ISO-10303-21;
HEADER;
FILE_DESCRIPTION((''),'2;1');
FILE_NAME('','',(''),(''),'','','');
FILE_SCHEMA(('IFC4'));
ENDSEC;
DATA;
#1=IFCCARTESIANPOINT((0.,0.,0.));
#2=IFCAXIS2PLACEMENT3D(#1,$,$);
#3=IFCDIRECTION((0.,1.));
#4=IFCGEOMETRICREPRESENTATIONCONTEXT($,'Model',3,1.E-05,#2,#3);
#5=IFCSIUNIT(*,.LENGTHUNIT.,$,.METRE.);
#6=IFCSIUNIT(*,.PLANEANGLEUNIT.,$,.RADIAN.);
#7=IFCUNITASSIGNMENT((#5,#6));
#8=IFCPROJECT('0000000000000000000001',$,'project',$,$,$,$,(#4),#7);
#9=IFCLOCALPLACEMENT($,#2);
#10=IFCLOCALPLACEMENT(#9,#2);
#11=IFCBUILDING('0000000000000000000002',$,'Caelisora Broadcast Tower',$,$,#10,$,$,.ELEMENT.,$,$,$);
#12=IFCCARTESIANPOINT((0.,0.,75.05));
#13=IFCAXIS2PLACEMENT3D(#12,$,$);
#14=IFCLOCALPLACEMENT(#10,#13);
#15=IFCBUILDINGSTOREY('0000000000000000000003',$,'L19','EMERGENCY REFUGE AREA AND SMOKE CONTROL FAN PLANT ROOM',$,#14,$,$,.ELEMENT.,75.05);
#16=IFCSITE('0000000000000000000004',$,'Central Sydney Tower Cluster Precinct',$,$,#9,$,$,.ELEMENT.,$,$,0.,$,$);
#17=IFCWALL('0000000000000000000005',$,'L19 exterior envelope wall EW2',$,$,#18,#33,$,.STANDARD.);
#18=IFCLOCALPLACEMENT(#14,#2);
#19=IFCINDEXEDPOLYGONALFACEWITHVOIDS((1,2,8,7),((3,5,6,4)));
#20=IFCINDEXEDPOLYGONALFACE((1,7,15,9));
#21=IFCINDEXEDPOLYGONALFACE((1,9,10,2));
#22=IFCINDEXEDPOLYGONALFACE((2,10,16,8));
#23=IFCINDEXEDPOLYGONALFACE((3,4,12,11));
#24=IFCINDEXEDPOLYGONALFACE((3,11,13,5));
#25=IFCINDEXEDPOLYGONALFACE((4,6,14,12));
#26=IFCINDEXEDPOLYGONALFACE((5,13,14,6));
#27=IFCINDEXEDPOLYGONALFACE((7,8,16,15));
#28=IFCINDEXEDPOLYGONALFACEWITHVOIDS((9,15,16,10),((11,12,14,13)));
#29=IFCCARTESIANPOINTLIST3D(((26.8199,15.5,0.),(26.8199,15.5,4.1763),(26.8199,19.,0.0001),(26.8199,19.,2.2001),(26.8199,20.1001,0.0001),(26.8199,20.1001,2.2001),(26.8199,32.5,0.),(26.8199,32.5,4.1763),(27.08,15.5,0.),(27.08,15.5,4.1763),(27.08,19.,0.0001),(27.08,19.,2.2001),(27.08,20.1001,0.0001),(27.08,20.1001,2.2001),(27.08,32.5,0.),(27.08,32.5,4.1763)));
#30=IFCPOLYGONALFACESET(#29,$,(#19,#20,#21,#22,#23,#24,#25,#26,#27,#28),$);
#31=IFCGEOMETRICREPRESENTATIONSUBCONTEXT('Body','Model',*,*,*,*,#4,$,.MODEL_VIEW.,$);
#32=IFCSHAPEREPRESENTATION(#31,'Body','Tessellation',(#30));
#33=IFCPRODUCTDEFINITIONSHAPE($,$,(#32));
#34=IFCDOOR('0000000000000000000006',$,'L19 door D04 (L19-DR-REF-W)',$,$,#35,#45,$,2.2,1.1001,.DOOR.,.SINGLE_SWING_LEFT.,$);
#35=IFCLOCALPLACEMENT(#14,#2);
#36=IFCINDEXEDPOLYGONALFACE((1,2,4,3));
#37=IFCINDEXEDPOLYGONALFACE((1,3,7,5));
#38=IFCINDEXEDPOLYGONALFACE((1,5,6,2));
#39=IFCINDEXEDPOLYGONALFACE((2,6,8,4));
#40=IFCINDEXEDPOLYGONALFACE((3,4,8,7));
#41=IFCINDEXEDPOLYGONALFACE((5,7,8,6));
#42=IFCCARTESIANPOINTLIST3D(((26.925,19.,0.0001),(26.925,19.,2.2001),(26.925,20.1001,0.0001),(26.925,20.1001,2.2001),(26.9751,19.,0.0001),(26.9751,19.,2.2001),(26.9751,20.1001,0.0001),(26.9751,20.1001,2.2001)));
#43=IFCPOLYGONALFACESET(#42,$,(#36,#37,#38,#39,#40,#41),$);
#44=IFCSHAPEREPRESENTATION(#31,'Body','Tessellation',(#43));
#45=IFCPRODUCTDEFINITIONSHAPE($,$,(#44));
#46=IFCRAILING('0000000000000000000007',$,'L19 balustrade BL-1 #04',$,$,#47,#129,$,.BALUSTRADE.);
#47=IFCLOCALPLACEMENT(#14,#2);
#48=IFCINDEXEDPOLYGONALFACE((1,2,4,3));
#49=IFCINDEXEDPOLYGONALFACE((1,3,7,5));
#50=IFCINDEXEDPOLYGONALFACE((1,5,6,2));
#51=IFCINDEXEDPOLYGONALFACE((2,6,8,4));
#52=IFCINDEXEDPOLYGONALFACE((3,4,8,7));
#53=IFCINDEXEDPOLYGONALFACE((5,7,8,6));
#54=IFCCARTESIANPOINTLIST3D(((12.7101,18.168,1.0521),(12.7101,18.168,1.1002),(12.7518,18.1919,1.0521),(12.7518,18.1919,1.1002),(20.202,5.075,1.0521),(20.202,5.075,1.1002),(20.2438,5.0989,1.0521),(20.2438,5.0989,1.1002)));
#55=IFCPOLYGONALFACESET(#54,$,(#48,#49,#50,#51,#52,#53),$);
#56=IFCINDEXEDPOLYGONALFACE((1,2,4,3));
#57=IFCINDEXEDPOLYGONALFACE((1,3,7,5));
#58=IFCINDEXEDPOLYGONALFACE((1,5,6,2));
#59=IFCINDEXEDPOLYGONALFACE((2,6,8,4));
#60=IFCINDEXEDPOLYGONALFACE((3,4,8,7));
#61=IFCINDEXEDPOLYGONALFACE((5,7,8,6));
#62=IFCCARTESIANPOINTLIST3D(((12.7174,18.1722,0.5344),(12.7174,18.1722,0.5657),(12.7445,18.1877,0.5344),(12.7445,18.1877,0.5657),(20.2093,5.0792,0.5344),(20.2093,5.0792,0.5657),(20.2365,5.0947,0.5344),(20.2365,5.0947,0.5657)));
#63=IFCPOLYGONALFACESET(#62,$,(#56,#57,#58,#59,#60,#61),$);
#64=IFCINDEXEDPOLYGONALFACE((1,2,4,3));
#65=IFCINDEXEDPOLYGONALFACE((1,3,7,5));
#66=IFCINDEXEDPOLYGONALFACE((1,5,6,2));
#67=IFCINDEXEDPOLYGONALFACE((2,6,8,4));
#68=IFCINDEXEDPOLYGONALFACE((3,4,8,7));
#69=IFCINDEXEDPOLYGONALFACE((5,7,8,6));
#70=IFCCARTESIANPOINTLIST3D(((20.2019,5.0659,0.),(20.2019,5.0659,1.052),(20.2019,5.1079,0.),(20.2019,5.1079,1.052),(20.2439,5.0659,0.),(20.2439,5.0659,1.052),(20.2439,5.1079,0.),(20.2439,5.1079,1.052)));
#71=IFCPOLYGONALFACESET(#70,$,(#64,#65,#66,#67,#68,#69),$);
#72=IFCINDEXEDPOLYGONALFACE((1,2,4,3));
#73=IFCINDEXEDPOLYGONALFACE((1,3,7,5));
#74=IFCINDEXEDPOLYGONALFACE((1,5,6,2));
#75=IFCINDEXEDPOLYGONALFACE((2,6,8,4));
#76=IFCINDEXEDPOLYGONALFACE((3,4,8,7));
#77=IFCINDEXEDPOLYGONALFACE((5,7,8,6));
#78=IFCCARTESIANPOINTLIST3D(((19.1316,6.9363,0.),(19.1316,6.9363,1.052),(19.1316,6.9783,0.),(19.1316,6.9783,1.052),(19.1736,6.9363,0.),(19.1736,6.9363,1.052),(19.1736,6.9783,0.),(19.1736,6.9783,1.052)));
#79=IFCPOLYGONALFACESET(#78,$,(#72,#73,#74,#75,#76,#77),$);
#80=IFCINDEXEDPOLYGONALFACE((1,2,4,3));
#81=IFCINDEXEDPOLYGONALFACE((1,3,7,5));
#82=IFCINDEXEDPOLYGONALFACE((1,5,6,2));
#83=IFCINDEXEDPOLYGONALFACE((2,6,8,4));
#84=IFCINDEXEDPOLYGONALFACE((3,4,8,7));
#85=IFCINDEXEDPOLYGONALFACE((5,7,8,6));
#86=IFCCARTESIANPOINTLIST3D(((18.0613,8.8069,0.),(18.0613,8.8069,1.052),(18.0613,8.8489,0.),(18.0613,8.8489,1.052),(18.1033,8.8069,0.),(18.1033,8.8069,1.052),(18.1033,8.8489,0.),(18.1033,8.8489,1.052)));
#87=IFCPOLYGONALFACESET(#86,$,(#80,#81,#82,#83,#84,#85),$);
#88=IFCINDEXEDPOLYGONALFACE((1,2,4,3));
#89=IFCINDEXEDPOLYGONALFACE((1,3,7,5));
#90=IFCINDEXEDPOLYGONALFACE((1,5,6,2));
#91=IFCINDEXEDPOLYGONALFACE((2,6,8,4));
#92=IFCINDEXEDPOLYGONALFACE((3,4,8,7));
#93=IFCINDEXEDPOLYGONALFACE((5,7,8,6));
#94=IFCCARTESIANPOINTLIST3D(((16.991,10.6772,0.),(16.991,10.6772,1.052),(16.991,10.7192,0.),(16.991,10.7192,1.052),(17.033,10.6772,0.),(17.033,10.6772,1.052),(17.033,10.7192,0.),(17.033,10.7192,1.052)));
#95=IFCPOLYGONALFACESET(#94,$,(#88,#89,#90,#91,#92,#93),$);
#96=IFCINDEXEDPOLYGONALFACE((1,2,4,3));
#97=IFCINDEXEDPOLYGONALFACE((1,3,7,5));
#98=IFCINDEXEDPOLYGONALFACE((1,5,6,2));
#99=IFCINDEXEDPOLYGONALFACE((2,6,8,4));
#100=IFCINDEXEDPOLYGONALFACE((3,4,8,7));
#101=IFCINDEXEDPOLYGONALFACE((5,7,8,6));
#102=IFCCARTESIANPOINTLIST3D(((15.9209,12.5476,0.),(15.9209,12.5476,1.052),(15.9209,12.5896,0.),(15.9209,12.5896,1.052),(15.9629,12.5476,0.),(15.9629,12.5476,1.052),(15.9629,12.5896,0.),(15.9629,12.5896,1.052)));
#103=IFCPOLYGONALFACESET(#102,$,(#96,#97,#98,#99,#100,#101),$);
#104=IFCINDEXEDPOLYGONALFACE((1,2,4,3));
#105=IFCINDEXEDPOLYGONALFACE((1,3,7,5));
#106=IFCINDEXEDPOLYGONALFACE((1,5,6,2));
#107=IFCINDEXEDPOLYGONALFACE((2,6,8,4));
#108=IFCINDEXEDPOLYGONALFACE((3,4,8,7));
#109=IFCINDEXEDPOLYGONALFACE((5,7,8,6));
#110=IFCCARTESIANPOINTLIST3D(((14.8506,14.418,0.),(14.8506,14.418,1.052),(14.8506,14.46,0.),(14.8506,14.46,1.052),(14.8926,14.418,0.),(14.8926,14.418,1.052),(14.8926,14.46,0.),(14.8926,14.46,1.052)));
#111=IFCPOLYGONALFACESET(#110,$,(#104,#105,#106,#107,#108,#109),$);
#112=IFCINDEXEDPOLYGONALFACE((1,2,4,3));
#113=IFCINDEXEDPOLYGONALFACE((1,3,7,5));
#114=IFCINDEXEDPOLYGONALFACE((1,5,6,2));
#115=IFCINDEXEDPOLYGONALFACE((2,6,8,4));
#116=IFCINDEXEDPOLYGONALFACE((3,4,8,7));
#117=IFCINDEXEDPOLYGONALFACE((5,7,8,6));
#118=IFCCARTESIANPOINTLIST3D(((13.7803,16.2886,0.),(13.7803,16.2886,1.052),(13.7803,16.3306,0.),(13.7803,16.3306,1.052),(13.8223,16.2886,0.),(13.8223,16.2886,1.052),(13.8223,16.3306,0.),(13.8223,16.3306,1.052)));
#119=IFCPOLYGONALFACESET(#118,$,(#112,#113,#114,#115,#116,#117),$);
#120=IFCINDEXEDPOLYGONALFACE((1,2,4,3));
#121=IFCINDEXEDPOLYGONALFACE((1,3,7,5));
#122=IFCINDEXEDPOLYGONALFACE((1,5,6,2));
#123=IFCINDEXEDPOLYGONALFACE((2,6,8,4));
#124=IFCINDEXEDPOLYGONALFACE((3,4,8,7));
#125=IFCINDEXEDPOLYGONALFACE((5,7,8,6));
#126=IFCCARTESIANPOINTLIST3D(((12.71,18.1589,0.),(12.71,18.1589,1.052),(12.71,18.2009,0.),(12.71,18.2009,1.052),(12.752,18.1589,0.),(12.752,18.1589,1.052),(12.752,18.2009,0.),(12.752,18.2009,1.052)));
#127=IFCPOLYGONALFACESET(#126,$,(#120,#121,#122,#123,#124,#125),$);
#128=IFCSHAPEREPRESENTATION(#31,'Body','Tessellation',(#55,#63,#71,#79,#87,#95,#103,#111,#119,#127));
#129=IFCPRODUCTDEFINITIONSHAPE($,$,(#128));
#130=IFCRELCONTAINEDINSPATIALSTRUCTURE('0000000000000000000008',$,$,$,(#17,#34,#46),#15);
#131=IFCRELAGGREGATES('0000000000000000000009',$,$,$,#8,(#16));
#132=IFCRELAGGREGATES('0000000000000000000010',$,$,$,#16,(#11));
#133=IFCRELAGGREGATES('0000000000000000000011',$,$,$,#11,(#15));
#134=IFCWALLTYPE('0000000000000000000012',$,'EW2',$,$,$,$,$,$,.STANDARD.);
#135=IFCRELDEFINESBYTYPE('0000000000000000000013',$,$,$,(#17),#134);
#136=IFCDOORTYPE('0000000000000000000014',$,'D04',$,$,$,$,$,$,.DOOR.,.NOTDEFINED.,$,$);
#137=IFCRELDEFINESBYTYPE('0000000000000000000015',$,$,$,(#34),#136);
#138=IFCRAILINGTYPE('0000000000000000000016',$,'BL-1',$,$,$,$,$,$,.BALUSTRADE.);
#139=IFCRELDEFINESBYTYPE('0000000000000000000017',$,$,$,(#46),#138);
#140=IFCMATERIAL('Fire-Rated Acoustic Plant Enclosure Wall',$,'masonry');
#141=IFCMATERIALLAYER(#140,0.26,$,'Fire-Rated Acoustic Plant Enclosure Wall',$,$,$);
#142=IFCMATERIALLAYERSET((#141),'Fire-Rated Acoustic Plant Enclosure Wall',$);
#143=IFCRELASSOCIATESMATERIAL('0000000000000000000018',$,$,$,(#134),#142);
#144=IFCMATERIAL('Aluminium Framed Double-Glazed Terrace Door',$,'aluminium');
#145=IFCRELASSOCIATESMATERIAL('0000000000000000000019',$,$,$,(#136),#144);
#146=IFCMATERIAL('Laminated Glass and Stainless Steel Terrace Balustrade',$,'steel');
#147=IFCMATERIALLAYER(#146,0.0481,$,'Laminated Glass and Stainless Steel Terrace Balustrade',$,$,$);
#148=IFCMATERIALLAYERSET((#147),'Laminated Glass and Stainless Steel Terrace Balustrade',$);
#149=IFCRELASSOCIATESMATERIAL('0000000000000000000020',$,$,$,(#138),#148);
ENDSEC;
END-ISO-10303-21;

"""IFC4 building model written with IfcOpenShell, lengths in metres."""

from ifc_helpers import new_model, si_unit, direction, frame, frame_2d, origin, origin_2d, place, context, subcontext, project, spatial, rectangle, extrude, material, layer, layer_set, type_object, element, fill, save


model = new_model("IFC4")

# Units and contexts
model_context = context("Model", 3, precision=1e-05, world=origin(), true_north=direction((0.0, 1.0)))
body_context = subcontext(model_context, "Body", "Model", "MODEL_VIEW")
ifc_project = project(units=[si_unit("LENGTHUNIT", "METRE"), si_unit("PLANEANGLEUNIT", "RADIAN")], contexts=[model_context])

# Site, building, storey
site_placement = place(None, origin())
site = spatial("IfcSite", under=ifc_project, at=site_placement, Name="Central Sydney Tower Cluster Precinct", CompositionType="ELEMENT", RefElevation=0.0)
building_placement = place(site_placement, origin())
building = spatial("IfcBuilding", under=site, at=building_placement, Name="Caelisora Broadcast Tower", CompositionType="ELEMENT")
storey_placement = place(building_placement, frame((0.0, 0.0, 75.05)))
storey = spatial("IfcBuildingStorey", under=building, at=storey_placement, Name="L19", Description="EMERGENCY REFUGE AREA AND SMOKE CONTROL FAN PLANT ROOM", CompositionType="ELEMENT", Elevation=75.05)

# Shared definitions
ifc_material_1 = material(Name="Fire-Rated Acoustic Plant Enclosure Wall", Category="masonry")
ifc_layer_1 = layer(ifc_material_1, 0.26, Name="Fire-Rated Acoustic Plant Enclosure Wall")
ifc_layer_set_1 = layer_set([ifc_layer_1], Name="Fire-Rated Acoustic Plant Enclosure Wall")
wall_type = type_object("IfcWallType", Name="EW2", PredefinedType="STANDARD", material=ifc_layer_set_1)

# Wall, opening, door
wall_1_placement = place(storey_placement, frame((26.95, 15.5, 0.0), z_axis=(0.0, 0.0, 1.0), x_axis=(0.0, 1.0, 0.0)))
wall_1 = element("IfcWall", 1, at=wall_1_placement, inside=storey, type_object=wall_type, Name="L19 exterior envelope wall EW2", PredefinedType="STANDARD", context=body_context, shape_type="SweptSolid", body=[
    extrude(rectangle(XDim=17.0, YDim=0.26, at=frame_2d((8.5, 0.0))), origin(), (0.0, 0.0, 1.0), 4.1763),
])
opening_placement = place(wall_1_placement, frame((3.5, 0.0, 0.0)))
opening = element("IfcOpeningElement", 2, at=opening_placement, cuts=wall_1, PredefinedType="OPENING", context=body_context, shape_type="SweptSolid", body=[
    extrude(rectangle(XDim=1.1001, YDim=2.2, at=frame_2d((0.55, 1.1001))), frame((0.0, 0.1421, 0.0), z_axis=(0.0, -1.0, 0.0), x_axis=(1.0, 0.0, 0.0)), (0.0, 0.0, 1.0), 0.2839),
])
ifc_material_2 = material(Name="Aluminium Framed Double-Glazed Terrace Door", Category="aluminium")
door_type = type_object("IfcDoorType", Name="D04", OperationType="NOTDEFINED", PredefinedType="DOOR", material=ifc_material_2)
door_placement = place(opening_placement, origin())
door = element("IfcDoor", 3, at=door_placement, inside=storey, type_object=door_type, Name="L19 door D04 (L19-DR-REF-W)", OperationType="SINGLE_SWING_LEFT", OverallHeight=2.2, OverallWidth=1.1001, PredefinedType="DOOR", context=body_context, shape_type="SweptSolid", body=[
    extrude(rectangle(XDim=1.1001, YDim=2.2, at=frame_2d((0.55, 1.1001))), frame((0.0, 0.0249, 0.0), z_axis=(0.0, -1.0, 0.0), x_axis=(1.0, 0.0, 0.0)), (0.0, 0.0, 1.0), 0.05),
])
fill(opening, door)

# Railing
ifc_material_3 = material(Name="Laminated Glass and Stainless Steel Terrace Balustrade", Category="steel")
ifc_layer_2 = layer(ifc_material_3, 0.0481, Name="Laminated Glass and Stainless Steel Terrace Balustrade")
ifc_layer_set_2 = layer_set([ifc_layer_2], Name="Laminated Glass and Stainless Steel Terrace Balustrade")
railing_type = type_object("IfcRailingType", Name="BL-1", PredefinedType="BALUSTRADE", material=ifc_layer_set_2)
railing_1_placement = place(storey_placement, frame((20.2229, 5.0869, 0.0)))
element("IfcRailing", 4, at=railing_1_placement, inside=storey, type_object=railing_type, Name="L19 balustrade BL-1 #04", PredefinedType="BALUSTRADE", context=body_context, shape_type="SweptSolid", body=[
    extrude(rectangle(XDim=0.0481, YDim=0.0481, at=origin_2d()), frame((0.0, 0.0, 1.0762), z_axis=(-0.49665, 0.867951, 0.0), x_axis=(-0.867951, -0.49665, 0.0)), (0.0, 0.0, 1.0), 15.085),
    extrude(rectangle(XDim=0.0312, YDim=0.0312, at=origin_2d()), frame((0.0, 0.0, 0.55), z_axis=(-0.49665, 0.867951, 0.0), x_axis=(-0.867951, -0.49665, 0.0)), (0.0, 0.0, 1.0), 15.085),
    extrude(rectangle(XDim=0.042, YDim=0.042, at=origin_2d()), origin(), (0.0, 0.0, 1.0), 1.052),
    extrude(rectangle(XDim=0.042, YDim=0.042, at=origin_2d()), frame((-1.0703, 1.8704, 0.0)), (0.0, 0.0, 1.0), 1.052),
    extrude(rectangle(XDim=0.042, YDim=0.042, at=origin_2d()), frame((-2.1406, 3.741, 0.0)), (0.0, 0.0, 1.0), 1.052),
    extrude(rectangle(XDim=0.042, YDim=0.042, at=origin_2d()), frame((-3.2109, 5.6113, 0.0)), (0.0, 0.0, 1.0), 1.052),
    extrude(rectangle(XDim=0.042, YDim=0.042, at=origin_2d()), frame((-4.281, 7.4817, 0.0)), (0.0, 0.0, 1.0), 1.052),
    extrude(rectangle(XDim=0.042, YDim=0.042, at=origin_2d()), frame((-5.3513, 9.3521, 0.0)), (0.0, 0.0, 1.0), 1.052),
    extrude(rectangle(XDim=0.042, YDim=0.042, at=origin_2d()), frame((-6.4216, 11.2227, 0.0)), (0.0, 0.0, 1.0), 1.052),
    extrude(rectangle(XDim=0.042, YDim=0.042, at=origin_2d()), frame((-7.4919, 13.093, 0.0)), (0.0, 0.0, 1.0), 1.052),
])

save(model, "model.ifc")
